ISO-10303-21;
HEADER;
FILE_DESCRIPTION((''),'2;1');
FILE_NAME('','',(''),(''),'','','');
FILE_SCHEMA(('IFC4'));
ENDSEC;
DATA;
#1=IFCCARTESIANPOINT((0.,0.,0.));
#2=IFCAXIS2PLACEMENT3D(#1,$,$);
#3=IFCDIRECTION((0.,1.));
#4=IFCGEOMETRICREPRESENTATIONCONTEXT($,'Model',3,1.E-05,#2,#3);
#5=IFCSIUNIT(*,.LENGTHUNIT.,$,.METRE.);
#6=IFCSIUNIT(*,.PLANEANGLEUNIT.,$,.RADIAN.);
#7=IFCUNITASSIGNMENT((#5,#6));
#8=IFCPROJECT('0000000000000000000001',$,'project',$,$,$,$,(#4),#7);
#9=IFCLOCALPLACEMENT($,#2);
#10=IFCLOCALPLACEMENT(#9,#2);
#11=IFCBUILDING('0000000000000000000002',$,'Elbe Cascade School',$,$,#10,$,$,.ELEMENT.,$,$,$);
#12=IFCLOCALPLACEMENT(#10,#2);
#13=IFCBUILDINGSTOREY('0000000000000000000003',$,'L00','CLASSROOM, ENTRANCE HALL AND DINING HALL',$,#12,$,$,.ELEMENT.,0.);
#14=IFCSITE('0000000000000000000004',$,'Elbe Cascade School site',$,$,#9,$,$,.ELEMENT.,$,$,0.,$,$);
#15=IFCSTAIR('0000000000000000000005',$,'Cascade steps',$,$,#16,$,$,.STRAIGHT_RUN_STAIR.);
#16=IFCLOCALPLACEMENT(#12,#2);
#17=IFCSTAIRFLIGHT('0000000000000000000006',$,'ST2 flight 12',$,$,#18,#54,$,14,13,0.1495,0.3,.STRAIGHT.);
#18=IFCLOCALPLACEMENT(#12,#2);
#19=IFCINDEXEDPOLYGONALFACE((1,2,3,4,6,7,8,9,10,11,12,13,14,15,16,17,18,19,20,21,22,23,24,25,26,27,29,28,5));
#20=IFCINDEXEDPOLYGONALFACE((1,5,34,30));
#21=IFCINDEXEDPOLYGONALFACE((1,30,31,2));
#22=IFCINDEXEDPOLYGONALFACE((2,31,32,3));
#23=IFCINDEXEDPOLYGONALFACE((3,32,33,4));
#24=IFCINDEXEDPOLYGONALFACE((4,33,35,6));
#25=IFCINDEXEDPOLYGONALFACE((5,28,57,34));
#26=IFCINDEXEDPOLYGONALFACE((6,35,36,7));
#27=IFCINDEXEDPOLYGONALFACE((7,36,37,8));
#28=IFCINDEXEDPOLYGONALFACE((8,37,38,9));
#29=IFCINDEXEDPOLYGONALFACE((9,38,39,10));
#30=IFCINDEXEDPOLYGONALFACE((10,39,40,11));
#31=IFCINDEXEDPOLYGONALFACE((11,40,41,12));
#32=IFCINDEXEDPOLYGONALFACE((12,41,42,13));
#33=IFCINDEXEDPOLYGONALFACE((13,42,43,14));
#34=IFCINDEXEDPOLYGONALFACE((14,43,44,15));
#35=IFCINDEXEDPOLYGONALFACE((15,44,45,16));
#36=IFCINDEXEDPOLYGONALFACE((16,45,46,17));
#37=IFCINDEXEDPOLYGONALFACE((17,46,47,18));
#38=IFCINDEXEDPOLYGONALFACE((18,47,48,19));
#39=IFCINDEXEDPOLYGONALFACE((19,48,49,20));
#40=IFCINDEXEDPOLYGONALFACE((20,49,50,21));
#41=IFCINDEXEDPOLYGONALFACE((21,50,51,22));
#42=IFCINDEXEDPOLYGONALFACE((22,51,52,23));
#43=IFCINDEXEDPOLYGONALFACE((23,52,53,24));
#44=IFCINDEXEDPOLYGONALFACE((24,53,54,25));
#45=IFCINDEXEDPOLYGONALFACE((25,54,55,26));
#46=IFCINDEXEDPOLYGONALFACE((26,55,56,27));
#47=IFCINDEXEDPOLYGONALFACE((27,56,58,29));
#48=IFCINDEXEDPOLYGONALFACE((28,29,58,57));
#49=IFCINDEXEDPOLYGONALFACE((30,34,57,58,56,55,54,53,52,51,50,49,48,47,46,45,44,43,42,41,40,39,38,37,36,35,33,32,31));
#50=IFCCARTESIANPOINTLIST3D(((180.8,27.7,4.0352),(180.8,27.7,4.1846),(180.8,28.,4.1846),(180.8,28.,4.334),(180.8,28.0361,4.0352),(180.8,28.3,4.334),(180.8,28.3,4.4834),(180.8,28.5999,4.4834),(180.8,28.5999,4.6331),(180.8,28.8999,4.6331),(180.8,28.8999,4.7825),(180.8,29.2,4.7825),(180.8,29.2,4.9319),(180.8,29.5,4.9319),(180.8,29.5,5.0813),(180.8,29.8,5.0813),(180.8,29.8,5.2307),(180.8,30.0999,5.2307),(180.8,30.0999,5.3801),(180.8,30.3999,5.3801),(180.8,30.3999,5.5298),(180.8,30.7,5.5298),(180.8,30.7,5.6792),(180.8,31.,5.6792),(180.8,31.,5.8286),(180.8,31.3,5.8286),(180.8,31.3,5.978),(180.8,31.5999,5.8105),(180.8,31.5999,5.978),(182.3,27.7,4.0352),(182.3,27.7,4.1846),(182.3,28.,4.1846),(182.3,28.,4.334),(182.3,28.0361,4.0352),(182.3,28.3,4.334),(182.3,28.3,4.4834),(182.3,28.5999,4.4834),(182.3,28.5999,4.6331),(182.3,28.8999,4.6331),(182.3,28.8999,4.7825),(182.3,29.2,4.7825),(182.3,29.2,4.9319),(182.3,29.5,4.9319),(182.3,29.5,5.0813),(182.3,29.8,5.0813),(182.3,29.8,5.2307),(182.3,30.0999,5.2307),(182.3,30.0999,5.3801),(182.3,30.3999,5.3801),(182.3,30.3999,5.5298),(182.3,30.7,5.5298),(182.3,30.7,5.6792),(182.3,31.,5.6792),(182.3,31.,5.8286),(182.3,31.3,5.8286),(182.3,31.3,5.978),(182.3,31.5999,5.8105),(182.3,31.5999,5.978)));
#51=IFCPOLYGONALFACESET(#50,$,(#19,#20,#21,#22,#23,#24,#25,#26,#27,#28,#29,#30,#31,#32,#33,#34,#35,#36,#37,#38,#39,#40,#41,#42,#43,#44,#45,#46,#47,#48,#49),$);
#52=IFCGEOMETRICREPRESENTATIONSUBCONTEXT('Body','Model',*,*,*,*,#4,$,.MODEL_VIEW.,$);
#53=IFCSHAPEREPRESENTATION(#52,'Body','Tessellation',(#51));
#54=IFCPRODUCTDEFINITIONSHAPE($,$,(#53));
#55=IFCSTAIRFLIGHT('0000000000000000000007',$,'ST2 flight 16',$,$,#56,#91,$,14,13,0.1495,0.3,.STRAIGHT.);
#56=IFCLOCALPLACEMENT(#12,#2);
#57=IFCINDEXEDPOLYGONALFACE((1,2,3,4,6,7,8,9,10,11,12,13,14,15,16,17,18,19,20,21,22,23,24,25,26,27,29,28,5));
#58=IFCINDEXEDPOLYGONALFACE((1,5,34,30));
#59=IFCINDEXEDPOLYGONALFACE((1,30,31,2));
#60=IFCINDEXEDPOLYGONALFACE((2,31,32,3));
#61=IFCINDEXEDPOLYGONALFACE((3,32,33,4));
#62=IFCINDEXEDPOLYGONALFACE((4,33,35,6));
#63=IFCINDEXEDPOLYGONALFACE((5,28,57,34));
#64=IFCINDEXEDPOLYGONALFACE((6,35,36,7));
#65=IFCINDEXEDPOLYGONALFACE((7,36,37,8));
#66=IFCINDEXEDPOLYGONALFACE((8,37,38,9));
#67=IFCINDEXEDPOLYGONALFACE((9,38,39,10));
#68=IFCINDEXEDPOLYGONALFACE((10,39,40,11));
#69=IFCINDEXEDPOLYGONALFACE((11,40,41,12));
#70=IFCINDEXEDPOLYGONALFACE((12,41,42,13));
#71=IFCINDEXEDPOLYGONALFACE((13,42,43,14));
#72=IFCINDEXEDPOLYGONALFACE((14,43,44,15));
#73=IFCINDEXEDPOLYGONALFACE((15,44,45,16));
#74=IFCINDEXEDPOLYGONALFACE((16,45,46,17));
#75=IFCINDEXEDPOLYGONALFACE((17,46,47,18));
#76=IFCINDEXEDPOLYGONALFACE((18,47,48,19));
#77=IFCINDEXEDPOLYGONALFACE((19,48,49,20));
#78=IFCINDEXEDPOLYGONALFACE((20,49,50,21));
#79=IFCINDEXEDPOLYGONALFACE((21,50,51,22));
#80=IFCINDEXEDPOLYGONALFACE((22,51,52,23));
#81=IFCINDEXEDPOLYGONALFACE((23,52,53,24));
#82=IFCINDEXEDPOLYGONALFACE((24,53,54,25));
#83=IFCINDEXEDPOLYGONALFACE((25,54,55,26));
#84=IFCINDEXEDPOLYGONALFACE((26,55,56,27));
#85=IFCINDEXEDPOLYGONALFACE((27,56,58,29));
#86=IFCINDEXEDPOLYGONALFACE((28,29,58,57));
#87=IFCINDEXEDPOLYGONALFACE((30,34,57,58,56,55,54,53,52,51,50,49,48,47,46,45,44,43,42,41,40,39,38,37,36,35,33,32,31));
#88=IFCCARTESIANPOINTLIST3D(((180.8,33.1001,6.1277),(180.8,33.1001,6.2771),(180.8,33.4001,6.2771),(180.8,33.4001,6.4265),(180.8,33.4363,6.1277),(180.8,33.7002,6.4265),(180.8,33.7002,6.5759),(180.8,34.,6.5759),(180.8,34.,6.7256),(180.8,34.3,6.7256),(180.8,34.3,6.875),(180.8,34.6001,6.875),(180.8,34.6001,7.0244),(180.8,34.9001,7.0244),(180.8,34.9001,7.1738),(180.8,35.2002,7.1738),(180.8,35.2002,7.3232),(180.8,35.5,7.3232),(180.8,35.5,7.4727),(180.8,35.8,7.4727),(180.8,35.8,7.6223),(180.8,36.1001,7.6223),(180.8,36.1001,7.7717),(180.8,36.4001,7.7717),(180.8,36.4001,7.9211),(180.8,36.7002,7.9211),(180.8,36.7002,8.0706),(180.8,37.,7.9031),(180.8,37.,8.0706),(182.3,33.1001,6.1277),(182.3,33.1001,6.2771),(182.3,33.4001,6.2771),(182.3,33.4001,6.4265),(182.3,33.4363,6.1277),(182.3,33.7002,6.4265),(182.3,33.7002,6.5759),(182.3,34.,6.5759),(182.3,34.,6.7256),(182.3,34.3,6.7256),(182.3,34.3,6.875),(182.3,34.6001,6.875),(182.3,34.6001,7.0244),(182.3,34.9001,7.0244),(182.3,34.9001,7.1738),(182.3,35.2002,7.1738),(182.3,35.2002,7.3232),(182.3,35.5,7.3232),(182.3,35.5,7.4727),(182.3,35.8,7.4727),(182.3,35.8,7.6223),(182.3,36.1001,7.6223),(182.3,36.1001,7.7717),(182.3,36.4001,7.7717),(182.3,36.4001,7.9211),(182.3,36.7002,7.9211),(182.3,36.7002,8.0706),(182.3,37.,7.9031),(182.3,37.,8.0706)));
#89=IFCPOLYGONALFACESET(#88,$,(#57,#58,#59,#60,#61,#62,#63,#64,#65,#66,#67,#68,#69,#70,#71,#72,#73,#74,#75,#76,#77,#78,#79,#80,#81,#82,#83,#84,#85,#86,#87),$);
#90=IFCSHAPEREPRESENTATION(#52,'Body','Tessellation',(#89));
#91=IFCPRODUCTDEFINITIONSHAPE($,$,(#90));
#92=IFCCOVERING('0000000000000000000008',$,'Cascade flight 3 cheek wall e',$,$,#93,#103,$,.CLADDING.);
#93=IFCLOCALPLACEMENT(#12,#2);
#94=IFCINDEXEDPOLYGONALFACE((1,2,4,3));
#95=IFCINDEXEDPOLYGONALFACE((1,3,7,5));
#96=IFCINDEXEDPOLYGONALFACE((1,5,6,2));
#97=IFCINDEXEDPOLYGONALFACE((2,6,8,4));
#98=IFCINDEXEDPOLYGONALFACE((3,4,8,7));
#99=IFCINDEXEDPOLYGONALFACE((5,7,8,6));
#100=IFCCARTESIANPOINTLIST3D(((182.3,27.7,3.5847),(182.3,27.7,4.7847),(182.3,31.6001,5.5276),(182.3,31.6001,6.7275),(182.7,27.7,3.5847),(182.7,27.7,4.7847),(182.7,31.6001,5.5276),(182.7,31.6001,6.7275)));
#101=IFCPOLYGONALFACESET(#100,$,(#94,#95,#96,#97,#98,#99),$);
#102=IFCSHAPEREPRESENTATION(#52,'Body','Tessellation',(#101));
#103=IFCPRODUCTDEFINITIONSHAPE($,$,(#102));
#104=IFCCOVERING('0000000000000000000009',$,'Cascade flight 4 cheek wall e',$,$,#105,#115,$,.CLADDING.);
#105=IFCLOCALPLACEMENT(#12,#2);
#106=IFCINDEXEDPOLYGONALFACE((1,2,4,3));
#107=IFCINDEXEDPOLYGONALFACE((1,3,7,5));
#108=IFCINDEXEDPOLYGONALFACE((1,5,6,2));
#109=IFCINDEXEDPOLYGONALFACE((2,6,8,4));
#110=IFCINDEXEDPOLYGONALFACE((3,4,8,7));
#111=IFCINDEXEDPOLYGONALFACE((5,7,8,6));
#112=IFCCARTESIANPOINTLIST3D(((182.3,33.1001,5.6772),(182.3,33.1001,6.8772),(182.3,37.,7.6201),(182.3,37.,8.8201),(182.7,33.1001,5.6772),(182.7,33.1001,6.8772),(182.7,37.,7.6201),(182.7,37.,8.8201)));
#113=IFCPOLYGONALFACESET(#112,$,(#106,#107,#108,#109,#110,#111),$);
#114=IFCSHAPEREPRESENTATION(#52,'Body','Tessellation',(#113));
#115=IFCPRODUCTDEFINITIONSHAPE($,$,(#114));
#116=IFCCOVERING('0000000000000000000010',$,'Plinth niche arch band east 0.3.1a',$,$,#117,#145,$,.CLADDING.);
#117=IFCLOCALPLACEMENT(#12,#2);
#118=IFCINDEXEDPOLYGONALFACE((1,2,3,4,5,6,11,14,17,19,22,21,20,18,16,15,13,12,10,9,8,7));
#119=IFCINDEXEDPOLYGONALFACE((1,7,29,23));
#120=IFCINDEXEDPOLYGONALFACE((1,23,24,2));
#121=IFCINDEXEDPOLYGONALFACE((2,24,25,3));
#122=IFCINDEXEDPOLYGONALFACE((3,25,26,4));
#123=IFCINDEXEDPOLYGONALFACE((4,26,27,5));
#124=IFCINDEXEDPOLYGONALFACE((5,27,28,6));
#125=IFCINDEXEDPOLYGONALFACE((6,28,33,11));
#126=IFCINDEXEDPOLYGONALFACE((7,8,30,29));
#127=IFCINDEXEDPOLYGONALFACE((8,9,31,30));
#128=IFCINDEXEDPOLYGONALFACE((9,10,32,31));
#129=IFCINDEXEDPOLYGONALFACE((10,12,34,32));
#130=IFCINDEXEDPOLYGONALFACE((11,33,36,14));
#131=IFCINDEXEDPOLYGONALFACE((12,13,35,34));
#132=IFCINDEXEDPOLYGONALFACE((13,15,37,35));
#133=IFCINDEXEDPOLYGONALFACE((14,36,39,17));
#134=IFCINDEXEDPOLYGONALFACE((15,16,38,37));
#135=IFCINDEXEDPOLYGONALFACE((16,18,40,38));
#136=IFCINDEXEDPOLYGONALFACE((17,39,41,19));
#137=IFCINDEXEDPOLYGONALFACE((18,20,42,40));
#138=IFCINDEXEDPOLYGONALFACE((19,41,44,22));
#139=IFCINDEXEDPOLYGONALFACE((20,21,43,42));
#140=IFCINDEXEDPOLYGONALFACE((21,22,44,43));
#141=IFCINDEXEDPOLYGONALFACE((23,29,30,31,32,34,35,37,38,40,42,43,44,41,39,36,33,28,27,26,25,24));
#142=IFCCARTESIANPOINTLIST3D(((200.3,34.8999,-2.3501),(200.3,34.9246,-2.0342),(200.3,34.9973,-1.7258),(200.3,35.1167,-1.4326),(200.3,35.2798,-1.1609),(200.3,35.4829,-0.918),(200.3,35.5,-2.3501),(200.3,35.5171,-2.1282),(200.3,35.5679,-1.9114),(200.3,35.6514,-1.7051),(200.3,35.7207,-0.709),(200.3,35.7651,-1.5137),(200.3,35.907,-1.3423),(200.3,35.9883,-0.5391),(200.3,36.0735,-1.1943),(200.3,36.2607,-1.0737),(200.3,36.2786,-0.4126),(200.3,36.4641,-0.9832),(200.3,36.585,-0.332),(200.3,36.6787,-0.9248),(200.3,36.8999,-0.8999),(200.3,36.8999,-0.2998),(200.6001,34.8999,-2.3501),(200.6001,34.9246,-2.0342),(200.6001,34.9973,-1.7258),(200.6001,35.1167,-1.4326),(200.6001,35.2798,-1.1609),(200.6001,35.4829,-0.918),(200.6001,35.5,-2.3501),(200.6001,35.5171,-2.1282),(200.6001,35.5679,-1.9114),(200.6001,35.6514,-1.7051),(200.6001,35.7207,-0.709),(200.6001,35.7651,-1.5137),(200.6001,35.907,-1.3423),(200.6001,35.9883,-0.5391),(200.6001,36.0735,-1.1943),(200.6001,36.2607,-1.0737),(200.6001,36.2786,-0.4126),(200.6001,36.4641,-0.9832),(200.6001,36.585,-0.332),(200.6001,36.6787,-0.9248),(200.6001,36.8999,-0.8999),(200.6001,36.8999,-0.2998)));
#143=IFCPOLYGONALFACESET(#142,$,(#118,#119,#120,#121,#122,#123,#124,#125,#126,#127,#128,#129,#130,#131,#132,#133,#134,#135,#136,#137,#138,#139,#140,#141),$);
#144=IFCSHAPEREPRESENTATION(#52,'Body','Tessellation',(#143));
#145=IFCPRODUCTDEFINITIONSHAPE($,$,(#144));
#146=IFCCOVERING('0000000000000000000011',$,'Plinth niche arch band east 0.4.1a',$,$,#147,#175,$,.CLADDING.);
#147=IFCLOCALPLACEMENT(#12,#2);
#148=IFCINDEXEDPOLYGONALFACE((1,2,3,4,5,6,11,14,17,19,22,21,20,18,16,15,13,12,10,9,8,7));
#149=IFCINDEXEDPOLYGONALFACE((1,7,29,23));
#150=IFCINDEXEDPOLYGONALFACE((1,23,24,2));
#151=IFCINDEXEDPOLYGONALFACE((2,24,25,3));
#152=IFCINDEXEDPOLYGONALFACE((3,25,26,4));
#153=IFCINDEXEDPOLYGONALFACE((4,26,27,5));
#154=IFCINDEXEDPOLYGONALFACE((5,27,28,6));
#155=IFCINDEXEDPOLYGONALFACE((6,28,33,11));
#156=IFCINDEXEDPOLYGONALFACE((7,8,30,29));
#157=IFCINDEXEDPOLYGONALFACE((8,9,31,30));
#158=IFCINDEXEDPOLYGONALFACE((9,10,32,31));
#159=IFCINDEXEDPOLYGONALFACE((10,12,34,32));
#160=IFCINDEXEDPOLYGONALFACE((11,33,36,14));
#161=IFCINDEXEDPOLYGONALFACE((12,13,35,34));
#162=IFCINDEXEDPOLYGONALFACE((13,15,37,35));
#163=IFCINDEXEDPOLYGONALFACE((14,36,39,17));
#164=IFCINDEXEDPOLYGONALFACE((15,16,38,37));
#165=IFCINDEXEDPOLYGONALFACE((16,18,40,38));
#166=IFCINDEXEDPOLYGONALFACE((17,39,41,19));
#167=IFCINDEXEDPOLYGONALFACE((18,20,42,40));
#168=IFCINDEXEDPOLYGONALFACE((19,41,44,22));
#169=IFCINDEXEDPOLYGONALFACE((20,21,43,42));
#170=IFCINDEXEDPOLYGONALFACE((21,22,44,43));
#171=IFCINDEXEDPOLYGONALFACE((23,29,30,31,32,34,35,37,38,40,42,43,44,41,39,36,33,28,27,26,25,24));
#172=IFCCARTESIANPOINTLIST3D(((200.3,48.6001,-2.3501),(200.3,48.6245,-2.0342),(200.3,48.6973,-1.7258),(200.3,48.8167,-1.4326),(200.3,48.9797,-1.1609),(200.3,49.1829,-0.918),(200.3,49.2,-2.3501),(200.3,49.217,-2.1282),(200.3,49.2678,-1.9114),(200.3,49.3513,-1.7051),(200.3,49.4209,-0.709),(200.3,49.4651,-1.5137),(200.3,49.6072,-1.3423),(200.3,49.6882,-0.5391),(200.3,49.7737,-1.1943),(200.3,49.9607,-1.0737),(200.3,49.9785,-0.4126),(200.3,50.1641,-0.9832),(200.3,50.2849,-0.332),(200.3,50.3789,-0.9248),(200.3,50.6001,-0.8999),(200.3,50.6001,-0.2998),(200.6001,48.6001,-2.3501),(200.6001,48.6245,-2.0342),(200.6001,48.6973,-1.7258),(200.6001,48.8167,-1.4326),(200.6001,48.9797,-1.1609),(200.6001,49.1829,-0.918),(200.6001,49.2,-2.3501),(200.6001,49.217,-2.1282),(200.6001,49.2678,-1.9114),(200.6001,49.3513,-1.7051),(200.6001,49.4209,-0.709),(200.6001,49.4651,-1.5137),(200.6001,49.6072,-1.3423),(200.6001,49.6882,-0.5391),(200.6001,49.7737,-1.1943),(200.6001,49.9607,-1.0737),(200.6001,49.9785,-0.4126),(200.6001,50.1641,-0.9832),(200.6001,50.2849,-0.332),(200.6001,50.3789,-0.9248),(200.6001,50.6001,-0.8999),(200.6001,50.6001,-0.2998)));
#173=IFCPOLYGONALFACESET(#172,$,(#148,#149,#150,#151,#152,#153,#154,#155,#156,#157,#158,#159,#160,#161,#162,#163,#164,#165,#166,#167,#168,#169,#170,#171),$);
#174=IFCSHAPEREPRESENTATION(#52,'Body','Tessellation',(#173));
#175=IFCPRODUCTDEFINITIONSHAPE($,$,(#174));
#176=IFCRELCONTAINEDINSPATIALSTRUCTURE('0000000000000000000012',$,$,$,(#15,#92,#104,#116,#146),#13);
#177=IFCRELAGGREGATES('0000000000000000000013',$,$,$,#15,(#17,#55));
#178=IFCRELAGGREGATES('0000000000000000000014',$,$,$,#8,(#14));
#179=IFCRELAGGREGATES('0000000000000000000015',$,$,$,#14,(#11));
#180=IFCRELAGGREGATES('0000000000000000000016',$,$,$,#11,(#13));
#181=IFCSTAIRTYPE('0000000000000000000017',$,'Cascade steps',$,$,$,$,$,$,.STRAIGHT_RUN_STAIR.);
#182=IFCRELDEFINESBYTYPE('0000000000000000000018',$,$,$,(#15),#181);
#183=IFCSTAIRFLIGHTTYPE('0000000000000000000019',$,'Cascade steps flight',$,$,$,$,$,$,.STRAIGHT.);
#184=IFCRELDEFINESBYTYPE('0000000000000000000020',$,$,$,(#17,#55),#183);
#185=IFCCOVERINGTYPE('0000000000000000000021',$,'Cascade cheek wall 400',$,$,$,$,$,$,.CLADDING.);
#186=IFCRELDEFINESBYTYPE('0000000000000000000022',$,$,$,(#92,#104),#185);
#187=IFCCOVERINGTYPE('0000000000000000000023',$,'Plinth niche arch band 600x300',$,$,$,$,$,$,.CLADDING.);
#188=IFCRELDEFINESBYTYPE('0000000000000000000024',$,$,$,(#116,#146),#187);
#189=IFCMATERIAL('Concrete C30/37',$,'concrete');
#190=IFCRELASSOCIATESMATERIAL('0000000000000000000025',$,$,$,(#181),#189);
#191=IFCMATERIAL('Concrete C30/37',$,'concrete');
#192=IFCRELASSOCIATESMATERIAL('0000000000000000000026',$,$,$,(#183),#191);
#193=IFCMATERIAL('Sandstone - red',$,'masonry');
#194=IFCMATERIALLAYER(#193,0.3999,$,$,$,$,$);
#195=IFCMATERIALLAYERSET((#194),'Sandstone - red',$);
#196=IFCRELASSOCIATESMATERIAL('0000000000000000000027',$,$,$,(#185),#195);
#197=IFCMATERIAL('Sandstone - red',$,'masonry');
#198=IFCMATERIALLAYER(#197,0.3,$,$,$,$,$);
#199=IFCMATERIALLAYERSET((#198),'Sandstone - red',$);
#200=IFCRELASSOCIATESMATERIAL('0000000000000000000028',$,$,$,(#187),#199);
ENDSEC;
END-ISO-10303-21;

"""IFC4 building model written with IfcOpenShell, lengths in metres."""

from ifc_helpers import new_model, si_unit, direction, frame, origin, place, context, subcontext, project, spatial, polyline, outline, extrude, material, layer, layer_set, type_object, element, aggregate, save


model = new_model("IFC4")

# Units and contexts
model_context = context("Model", 3, precision=1e-05, world=origin(), true_north=direction((0.0, 1.0)))
body_context = subcontext(model_context, "Body", "Model", "MODEL_VIEW")
ifc_project = project(units=[si_unit("LENGTHUNIT", "METRE"), si_unit("PLANEANGLEUNIT", "RADIAN")], contexts=[model_context])

# Site, building, storey
site_placement = place(None, origin())
site = spatial("IfcSite", under=ifc_project, at=site_placement, Name="Elbe Cascade School site", CompositionType="ELEMENT", RefElevation=0.0)
building_placement = place(site_placement, origin())
building = spatial("IfcBuilding", under=site, at=building_placement, Name="Elbe Cascade School", CompositionType="ELEMENT")
storey_placement = place(building_placement, origin())
storey = spatial("IfcBuildingStorey", under=building, at=storey_placement, Name="L00", Description="CLASSROOM, ENTRANCE HALL AND DINING HALL", CompositionType="ELEMENT", Elevation=0.0)

# Stair, stair flights
ifc_material_1 = material(Name="Concrete C30/37", Category="concrete")
stair_type = type_object("IfcStairType", Name="Cascade steps", PredefinedType="STRAIGHT_RUN_STAIR", material=ifc_material_1)
stair_placement = place(storey_placement, origin())
stair = element("IfcStair", 1, at=stair_placement, inside=storey, type_object=stair_type, Name="Cascade steps", PredefinedType="STRAIGHT_RUN_STAIR")
ifc_material_2 = material(Name="Concrete C30/37", Category="concrete")
stair_flight_type = type_object("IfcStairFlightType", Name="Cascade steps flight", PredefinedType="STRAIGHT", material=ifc_material_2)
stair_flight_1_placement = place(storey_placement, frame((181.55, 27.7, 4.0352), z_axis=(0.0, 0.0, 1.0), x_axis=(0.0, 1.0, 0.0)))
stair_flight_1 = element("IfcStairFlight", 2, at=stair_flight_1_placement, type_object=stair_flight_type, Name="ST2 flight 12", NumberOfRisers=14, NumberOfTreads=13, PredefinedType="STRAIGHT", RiserHeight=0.1495, TreadLength=0.3, context=body_context, shape_type="SweptSolid", body=[
    extrude(outline(polyline([(0.0, 0.0), (0.0, 0.1494), (0.3, 0.1494), (0.3, 0.2988), (0.6001, 0.2988), (0.6001, 0.4482), (0.8999, 0.4482), (0.8999, 0.5979), (1.2, 0.5979), (1.2, 0.7473), (1.5, 0.7473), (1.5, 0.8967), (1.8, 0.8967), (1.8, 1.0461), (2.1001, 1.0461), (2.1001, 1.1956), (2.3999, 1.1956), (2.3999, 1.345), (2.7, 1.345), (2.7, 1.4946), (3.0, 1.4946), (3.0, 1.644), (3.3, 1.644), (3.3, 1.7935), (3.6001, 1.7935), (3.6001, 1.9429), (3.8999, 1.9429), (3.8999, 2.0923), (3.8999, 1.7754), (0.3362, 0.0), (0.0, 0.0)])), frame((0.0, 0.75, 0.0), z_axis=(0.0, -1.0, 0.0), x_axis=(1.0, 0.0, 0.0)), (0.0, 0.0, 1.0), 1.5),
])
stair_flight_2_placement = place(storey_placement, frame((181.55, 33.1001, 6.1277), z_axis=(0.0, 0.0, 1.0), x_axis=(0.0, 1.0, 0.0)))
stair_flight_2 = element("IfcStairFlight", 3, at=stair_flight_2_placement, type_object=stair_flight_type, Name="ST2 flight 16", NumberOfRisers=14, NumberOfTreads=13, PredefinedType="STRAIGHT", RiserHeight=0.1495, TreadLength=0.3, context=body_context, shape_type="SweptSolid", body=[
    extrude(outline(polyline([(0.0, 0.0), (0.0, 0.1494), (0.3, 0.1494), (0.3, 0.2988), (0.6001, 0.2988), (0.6001, 0.4482), (0.8999, 0.4482), (0.8999, 0.5979), (1.2, 0.5979), (1.2, 0.7473), (1.5, 0.7473), (1.5, 0.8967), (1.8, 0.8967), (1.8, 1.0461), (2.1001, 1.0461), (2.1001, 1.1956), (2.3999, 1.1956), (2.3999, 1.345), (2.7, 1.345), (2.7, 1.4946), (3.0, 1.4946), (3.0, 1.644), (3.3, 1.644), (3.3, 1.7935), (3.6001, 1.7935), (3.6001, 1.9429), (3.8999, 1.9429), (3.8999, 2.0923), (3.8999, 1.7754), (0.3362, 0.0), (0.0, 0.0)])), frame((0.0, 0.75, 0.0), z_axis=(0.0, -1.0, 0.0), x_axis=(1.0, 0.0, 0.0)), (0.0, 0.0, 1.0), 1.5),
])
aggregate(stair, [stair_flight_1, stair_flight_2])

# Coverings
ifc_material_3 = material(Name="Sandstone - red", Category="masonry")
ifc_layer_1 = layer(ifc_material_3, 0.3999)
ifc_layer_set_1 = layer_set([ifc_layer_1], Name="Sandstone - red")
covering_type_1 = type_object("IfcCoveringType", Name="Cascade cheek wall 400", PredefinedType="CLADDING", material=ifc_layer_set_1)
covering_1_placement = place(storey_placement, frame((182.3, 27.7, 4.7847), z_axis=(0.0, -0.445891, 0.895087), x_axis=(0.0, 0.895087, 0.445891)))
element("IfcCovering", 4, at=covering_1_placement, inside=storey, type_object=covering_type_1, Name="Cascade flight 3 cheek wall e", PredefinedType="CLADDING", context=body_context, shape_type="SweptSolid", body=[
    extrude(outline(polyline([(0.0, 0.0), (4.3573, 0.0), (4.3573, -0.3999), (0.0, -0.3999), (0.0, 0.0)])), origin(), (-0.445891, 0.0, -0.895087), 1.2),
])
covering_2_placement = place(storey_placement, frame((182.3, 33.1001, 6.8772), z_axis=(0.0, -0.445913, 0.895076), x_axis=(0.0, 0.895076, 0.445913)))
element("IfcCovering", 5, at=covering_2_placement, inside=storey, type_object=covering_type_1, Name="Cascade flight 4 cheek wall e", PredefinedType="CLADDING", context=body_context, shape_type="SweptSolid", body=[
    extrude(outline(polyline([(0.0, 0.0), (4.3571, 0.0), (4.3571, -0.3999), (0.0, -0.3999), (0.0, 0.0)])), origin(), (-0.445913, 0.0, -0.895076), 1.2),
])
ifc_material_4 = material(Name="Sandstone - red", Category="masonry")
ifc_layer_2 = layer(ifc_material_4, 0.3)
ifc_layer_set_2 = layer_set([ifc_layer_2], Name="Sandstone - red")
covering_type_2 = type_object("IfcCoveringType", Name="Plinth niche arch band 600x300", PredefinedType="CLADDING", material=ifc_layer_set_2)
covering_3_placement = place(storey_placement, frame((200.6001, 34.8999, -2.3501), z_axis=(1.0, 0.0, 0.0), x_axis=(0.0, 1.0, 0.0)))
element("IfcCovering", 6, at=covering_3_placement, inside=storey, type_object=covering_type_2, Name="Plinth niche arch band east 0.3.1a", PredefinedType="CLADDING", context=body_context, shape_type="SweptSolid", body=[
    extrude(outline(polyline([(0.0, 0.0), (0.6001, 0.0), (0.6172, 0.2219), (0.668, 0.4387), (0.7515, 0.645), (0.8652, 0.8364), (1.0071, 1.0078), (1.1736, 1.1558), (1.3608, 1.2764), (1.5642, 1.3669), (1.7788, 1.4253), (2.0, 1.4502), (2.0, 2.0503), (1.6851, 2.0181), (1.3787, 1.9375), (1.0884, 1.811), (0.8208, 1.6411), (0.583, 1.4321), (0.3799, 1.1892), (0.2168, 0.9175), (0.0974, 0.6243), (0.0247, 0.3159), (0.0, 0.0)])), origin(), (0.0, 0.0, -1.0), 0.3),
])
covering_4_placement = place(storey_placement, frame((200.6001, 48.6001, -2.3501), z_axis=(1.0, 0.0, 0.0), x_axis=(0.0, 1.0, 0.0)))
element("IfcCovering", 7, at=covering_4_placement, inside=storey, type_object=covering_type_2, Name="Plinth niche arch band east 0.4.1a", PredefinedType="CLADDING", context=body_context, shape_type="SweptSolid", body=[
    extrude(outline(polyline([(0.0, 0.0), (0.5999, 0.0), (0.6169, 0.2219), (0.6677, 0.4387), (0.7512, 0.645), (0.865, 0.8364), (1.0071, 1.0078), (1.1736, 1.1558), (1.3606, 1.2764), (1.564, 1.3669), (1.7788, 1.4253), (2.0, 1.4502), (2.0, 2.0503), (1.6848, 2.0181), (1.3784, 1.9375), (1.0881, 1.811), (0.8208, 1.6411), (0.5828, 1.4321), (0.3796, 1.1892), (0.2166, 0.9175), (0.0972, 0.6243), (0.0244, 0.3159), (0.0, 0.0)])), origin(), (0.0, 0.0, -1.0), 0.3),
])

save(model, "model.ifc")
